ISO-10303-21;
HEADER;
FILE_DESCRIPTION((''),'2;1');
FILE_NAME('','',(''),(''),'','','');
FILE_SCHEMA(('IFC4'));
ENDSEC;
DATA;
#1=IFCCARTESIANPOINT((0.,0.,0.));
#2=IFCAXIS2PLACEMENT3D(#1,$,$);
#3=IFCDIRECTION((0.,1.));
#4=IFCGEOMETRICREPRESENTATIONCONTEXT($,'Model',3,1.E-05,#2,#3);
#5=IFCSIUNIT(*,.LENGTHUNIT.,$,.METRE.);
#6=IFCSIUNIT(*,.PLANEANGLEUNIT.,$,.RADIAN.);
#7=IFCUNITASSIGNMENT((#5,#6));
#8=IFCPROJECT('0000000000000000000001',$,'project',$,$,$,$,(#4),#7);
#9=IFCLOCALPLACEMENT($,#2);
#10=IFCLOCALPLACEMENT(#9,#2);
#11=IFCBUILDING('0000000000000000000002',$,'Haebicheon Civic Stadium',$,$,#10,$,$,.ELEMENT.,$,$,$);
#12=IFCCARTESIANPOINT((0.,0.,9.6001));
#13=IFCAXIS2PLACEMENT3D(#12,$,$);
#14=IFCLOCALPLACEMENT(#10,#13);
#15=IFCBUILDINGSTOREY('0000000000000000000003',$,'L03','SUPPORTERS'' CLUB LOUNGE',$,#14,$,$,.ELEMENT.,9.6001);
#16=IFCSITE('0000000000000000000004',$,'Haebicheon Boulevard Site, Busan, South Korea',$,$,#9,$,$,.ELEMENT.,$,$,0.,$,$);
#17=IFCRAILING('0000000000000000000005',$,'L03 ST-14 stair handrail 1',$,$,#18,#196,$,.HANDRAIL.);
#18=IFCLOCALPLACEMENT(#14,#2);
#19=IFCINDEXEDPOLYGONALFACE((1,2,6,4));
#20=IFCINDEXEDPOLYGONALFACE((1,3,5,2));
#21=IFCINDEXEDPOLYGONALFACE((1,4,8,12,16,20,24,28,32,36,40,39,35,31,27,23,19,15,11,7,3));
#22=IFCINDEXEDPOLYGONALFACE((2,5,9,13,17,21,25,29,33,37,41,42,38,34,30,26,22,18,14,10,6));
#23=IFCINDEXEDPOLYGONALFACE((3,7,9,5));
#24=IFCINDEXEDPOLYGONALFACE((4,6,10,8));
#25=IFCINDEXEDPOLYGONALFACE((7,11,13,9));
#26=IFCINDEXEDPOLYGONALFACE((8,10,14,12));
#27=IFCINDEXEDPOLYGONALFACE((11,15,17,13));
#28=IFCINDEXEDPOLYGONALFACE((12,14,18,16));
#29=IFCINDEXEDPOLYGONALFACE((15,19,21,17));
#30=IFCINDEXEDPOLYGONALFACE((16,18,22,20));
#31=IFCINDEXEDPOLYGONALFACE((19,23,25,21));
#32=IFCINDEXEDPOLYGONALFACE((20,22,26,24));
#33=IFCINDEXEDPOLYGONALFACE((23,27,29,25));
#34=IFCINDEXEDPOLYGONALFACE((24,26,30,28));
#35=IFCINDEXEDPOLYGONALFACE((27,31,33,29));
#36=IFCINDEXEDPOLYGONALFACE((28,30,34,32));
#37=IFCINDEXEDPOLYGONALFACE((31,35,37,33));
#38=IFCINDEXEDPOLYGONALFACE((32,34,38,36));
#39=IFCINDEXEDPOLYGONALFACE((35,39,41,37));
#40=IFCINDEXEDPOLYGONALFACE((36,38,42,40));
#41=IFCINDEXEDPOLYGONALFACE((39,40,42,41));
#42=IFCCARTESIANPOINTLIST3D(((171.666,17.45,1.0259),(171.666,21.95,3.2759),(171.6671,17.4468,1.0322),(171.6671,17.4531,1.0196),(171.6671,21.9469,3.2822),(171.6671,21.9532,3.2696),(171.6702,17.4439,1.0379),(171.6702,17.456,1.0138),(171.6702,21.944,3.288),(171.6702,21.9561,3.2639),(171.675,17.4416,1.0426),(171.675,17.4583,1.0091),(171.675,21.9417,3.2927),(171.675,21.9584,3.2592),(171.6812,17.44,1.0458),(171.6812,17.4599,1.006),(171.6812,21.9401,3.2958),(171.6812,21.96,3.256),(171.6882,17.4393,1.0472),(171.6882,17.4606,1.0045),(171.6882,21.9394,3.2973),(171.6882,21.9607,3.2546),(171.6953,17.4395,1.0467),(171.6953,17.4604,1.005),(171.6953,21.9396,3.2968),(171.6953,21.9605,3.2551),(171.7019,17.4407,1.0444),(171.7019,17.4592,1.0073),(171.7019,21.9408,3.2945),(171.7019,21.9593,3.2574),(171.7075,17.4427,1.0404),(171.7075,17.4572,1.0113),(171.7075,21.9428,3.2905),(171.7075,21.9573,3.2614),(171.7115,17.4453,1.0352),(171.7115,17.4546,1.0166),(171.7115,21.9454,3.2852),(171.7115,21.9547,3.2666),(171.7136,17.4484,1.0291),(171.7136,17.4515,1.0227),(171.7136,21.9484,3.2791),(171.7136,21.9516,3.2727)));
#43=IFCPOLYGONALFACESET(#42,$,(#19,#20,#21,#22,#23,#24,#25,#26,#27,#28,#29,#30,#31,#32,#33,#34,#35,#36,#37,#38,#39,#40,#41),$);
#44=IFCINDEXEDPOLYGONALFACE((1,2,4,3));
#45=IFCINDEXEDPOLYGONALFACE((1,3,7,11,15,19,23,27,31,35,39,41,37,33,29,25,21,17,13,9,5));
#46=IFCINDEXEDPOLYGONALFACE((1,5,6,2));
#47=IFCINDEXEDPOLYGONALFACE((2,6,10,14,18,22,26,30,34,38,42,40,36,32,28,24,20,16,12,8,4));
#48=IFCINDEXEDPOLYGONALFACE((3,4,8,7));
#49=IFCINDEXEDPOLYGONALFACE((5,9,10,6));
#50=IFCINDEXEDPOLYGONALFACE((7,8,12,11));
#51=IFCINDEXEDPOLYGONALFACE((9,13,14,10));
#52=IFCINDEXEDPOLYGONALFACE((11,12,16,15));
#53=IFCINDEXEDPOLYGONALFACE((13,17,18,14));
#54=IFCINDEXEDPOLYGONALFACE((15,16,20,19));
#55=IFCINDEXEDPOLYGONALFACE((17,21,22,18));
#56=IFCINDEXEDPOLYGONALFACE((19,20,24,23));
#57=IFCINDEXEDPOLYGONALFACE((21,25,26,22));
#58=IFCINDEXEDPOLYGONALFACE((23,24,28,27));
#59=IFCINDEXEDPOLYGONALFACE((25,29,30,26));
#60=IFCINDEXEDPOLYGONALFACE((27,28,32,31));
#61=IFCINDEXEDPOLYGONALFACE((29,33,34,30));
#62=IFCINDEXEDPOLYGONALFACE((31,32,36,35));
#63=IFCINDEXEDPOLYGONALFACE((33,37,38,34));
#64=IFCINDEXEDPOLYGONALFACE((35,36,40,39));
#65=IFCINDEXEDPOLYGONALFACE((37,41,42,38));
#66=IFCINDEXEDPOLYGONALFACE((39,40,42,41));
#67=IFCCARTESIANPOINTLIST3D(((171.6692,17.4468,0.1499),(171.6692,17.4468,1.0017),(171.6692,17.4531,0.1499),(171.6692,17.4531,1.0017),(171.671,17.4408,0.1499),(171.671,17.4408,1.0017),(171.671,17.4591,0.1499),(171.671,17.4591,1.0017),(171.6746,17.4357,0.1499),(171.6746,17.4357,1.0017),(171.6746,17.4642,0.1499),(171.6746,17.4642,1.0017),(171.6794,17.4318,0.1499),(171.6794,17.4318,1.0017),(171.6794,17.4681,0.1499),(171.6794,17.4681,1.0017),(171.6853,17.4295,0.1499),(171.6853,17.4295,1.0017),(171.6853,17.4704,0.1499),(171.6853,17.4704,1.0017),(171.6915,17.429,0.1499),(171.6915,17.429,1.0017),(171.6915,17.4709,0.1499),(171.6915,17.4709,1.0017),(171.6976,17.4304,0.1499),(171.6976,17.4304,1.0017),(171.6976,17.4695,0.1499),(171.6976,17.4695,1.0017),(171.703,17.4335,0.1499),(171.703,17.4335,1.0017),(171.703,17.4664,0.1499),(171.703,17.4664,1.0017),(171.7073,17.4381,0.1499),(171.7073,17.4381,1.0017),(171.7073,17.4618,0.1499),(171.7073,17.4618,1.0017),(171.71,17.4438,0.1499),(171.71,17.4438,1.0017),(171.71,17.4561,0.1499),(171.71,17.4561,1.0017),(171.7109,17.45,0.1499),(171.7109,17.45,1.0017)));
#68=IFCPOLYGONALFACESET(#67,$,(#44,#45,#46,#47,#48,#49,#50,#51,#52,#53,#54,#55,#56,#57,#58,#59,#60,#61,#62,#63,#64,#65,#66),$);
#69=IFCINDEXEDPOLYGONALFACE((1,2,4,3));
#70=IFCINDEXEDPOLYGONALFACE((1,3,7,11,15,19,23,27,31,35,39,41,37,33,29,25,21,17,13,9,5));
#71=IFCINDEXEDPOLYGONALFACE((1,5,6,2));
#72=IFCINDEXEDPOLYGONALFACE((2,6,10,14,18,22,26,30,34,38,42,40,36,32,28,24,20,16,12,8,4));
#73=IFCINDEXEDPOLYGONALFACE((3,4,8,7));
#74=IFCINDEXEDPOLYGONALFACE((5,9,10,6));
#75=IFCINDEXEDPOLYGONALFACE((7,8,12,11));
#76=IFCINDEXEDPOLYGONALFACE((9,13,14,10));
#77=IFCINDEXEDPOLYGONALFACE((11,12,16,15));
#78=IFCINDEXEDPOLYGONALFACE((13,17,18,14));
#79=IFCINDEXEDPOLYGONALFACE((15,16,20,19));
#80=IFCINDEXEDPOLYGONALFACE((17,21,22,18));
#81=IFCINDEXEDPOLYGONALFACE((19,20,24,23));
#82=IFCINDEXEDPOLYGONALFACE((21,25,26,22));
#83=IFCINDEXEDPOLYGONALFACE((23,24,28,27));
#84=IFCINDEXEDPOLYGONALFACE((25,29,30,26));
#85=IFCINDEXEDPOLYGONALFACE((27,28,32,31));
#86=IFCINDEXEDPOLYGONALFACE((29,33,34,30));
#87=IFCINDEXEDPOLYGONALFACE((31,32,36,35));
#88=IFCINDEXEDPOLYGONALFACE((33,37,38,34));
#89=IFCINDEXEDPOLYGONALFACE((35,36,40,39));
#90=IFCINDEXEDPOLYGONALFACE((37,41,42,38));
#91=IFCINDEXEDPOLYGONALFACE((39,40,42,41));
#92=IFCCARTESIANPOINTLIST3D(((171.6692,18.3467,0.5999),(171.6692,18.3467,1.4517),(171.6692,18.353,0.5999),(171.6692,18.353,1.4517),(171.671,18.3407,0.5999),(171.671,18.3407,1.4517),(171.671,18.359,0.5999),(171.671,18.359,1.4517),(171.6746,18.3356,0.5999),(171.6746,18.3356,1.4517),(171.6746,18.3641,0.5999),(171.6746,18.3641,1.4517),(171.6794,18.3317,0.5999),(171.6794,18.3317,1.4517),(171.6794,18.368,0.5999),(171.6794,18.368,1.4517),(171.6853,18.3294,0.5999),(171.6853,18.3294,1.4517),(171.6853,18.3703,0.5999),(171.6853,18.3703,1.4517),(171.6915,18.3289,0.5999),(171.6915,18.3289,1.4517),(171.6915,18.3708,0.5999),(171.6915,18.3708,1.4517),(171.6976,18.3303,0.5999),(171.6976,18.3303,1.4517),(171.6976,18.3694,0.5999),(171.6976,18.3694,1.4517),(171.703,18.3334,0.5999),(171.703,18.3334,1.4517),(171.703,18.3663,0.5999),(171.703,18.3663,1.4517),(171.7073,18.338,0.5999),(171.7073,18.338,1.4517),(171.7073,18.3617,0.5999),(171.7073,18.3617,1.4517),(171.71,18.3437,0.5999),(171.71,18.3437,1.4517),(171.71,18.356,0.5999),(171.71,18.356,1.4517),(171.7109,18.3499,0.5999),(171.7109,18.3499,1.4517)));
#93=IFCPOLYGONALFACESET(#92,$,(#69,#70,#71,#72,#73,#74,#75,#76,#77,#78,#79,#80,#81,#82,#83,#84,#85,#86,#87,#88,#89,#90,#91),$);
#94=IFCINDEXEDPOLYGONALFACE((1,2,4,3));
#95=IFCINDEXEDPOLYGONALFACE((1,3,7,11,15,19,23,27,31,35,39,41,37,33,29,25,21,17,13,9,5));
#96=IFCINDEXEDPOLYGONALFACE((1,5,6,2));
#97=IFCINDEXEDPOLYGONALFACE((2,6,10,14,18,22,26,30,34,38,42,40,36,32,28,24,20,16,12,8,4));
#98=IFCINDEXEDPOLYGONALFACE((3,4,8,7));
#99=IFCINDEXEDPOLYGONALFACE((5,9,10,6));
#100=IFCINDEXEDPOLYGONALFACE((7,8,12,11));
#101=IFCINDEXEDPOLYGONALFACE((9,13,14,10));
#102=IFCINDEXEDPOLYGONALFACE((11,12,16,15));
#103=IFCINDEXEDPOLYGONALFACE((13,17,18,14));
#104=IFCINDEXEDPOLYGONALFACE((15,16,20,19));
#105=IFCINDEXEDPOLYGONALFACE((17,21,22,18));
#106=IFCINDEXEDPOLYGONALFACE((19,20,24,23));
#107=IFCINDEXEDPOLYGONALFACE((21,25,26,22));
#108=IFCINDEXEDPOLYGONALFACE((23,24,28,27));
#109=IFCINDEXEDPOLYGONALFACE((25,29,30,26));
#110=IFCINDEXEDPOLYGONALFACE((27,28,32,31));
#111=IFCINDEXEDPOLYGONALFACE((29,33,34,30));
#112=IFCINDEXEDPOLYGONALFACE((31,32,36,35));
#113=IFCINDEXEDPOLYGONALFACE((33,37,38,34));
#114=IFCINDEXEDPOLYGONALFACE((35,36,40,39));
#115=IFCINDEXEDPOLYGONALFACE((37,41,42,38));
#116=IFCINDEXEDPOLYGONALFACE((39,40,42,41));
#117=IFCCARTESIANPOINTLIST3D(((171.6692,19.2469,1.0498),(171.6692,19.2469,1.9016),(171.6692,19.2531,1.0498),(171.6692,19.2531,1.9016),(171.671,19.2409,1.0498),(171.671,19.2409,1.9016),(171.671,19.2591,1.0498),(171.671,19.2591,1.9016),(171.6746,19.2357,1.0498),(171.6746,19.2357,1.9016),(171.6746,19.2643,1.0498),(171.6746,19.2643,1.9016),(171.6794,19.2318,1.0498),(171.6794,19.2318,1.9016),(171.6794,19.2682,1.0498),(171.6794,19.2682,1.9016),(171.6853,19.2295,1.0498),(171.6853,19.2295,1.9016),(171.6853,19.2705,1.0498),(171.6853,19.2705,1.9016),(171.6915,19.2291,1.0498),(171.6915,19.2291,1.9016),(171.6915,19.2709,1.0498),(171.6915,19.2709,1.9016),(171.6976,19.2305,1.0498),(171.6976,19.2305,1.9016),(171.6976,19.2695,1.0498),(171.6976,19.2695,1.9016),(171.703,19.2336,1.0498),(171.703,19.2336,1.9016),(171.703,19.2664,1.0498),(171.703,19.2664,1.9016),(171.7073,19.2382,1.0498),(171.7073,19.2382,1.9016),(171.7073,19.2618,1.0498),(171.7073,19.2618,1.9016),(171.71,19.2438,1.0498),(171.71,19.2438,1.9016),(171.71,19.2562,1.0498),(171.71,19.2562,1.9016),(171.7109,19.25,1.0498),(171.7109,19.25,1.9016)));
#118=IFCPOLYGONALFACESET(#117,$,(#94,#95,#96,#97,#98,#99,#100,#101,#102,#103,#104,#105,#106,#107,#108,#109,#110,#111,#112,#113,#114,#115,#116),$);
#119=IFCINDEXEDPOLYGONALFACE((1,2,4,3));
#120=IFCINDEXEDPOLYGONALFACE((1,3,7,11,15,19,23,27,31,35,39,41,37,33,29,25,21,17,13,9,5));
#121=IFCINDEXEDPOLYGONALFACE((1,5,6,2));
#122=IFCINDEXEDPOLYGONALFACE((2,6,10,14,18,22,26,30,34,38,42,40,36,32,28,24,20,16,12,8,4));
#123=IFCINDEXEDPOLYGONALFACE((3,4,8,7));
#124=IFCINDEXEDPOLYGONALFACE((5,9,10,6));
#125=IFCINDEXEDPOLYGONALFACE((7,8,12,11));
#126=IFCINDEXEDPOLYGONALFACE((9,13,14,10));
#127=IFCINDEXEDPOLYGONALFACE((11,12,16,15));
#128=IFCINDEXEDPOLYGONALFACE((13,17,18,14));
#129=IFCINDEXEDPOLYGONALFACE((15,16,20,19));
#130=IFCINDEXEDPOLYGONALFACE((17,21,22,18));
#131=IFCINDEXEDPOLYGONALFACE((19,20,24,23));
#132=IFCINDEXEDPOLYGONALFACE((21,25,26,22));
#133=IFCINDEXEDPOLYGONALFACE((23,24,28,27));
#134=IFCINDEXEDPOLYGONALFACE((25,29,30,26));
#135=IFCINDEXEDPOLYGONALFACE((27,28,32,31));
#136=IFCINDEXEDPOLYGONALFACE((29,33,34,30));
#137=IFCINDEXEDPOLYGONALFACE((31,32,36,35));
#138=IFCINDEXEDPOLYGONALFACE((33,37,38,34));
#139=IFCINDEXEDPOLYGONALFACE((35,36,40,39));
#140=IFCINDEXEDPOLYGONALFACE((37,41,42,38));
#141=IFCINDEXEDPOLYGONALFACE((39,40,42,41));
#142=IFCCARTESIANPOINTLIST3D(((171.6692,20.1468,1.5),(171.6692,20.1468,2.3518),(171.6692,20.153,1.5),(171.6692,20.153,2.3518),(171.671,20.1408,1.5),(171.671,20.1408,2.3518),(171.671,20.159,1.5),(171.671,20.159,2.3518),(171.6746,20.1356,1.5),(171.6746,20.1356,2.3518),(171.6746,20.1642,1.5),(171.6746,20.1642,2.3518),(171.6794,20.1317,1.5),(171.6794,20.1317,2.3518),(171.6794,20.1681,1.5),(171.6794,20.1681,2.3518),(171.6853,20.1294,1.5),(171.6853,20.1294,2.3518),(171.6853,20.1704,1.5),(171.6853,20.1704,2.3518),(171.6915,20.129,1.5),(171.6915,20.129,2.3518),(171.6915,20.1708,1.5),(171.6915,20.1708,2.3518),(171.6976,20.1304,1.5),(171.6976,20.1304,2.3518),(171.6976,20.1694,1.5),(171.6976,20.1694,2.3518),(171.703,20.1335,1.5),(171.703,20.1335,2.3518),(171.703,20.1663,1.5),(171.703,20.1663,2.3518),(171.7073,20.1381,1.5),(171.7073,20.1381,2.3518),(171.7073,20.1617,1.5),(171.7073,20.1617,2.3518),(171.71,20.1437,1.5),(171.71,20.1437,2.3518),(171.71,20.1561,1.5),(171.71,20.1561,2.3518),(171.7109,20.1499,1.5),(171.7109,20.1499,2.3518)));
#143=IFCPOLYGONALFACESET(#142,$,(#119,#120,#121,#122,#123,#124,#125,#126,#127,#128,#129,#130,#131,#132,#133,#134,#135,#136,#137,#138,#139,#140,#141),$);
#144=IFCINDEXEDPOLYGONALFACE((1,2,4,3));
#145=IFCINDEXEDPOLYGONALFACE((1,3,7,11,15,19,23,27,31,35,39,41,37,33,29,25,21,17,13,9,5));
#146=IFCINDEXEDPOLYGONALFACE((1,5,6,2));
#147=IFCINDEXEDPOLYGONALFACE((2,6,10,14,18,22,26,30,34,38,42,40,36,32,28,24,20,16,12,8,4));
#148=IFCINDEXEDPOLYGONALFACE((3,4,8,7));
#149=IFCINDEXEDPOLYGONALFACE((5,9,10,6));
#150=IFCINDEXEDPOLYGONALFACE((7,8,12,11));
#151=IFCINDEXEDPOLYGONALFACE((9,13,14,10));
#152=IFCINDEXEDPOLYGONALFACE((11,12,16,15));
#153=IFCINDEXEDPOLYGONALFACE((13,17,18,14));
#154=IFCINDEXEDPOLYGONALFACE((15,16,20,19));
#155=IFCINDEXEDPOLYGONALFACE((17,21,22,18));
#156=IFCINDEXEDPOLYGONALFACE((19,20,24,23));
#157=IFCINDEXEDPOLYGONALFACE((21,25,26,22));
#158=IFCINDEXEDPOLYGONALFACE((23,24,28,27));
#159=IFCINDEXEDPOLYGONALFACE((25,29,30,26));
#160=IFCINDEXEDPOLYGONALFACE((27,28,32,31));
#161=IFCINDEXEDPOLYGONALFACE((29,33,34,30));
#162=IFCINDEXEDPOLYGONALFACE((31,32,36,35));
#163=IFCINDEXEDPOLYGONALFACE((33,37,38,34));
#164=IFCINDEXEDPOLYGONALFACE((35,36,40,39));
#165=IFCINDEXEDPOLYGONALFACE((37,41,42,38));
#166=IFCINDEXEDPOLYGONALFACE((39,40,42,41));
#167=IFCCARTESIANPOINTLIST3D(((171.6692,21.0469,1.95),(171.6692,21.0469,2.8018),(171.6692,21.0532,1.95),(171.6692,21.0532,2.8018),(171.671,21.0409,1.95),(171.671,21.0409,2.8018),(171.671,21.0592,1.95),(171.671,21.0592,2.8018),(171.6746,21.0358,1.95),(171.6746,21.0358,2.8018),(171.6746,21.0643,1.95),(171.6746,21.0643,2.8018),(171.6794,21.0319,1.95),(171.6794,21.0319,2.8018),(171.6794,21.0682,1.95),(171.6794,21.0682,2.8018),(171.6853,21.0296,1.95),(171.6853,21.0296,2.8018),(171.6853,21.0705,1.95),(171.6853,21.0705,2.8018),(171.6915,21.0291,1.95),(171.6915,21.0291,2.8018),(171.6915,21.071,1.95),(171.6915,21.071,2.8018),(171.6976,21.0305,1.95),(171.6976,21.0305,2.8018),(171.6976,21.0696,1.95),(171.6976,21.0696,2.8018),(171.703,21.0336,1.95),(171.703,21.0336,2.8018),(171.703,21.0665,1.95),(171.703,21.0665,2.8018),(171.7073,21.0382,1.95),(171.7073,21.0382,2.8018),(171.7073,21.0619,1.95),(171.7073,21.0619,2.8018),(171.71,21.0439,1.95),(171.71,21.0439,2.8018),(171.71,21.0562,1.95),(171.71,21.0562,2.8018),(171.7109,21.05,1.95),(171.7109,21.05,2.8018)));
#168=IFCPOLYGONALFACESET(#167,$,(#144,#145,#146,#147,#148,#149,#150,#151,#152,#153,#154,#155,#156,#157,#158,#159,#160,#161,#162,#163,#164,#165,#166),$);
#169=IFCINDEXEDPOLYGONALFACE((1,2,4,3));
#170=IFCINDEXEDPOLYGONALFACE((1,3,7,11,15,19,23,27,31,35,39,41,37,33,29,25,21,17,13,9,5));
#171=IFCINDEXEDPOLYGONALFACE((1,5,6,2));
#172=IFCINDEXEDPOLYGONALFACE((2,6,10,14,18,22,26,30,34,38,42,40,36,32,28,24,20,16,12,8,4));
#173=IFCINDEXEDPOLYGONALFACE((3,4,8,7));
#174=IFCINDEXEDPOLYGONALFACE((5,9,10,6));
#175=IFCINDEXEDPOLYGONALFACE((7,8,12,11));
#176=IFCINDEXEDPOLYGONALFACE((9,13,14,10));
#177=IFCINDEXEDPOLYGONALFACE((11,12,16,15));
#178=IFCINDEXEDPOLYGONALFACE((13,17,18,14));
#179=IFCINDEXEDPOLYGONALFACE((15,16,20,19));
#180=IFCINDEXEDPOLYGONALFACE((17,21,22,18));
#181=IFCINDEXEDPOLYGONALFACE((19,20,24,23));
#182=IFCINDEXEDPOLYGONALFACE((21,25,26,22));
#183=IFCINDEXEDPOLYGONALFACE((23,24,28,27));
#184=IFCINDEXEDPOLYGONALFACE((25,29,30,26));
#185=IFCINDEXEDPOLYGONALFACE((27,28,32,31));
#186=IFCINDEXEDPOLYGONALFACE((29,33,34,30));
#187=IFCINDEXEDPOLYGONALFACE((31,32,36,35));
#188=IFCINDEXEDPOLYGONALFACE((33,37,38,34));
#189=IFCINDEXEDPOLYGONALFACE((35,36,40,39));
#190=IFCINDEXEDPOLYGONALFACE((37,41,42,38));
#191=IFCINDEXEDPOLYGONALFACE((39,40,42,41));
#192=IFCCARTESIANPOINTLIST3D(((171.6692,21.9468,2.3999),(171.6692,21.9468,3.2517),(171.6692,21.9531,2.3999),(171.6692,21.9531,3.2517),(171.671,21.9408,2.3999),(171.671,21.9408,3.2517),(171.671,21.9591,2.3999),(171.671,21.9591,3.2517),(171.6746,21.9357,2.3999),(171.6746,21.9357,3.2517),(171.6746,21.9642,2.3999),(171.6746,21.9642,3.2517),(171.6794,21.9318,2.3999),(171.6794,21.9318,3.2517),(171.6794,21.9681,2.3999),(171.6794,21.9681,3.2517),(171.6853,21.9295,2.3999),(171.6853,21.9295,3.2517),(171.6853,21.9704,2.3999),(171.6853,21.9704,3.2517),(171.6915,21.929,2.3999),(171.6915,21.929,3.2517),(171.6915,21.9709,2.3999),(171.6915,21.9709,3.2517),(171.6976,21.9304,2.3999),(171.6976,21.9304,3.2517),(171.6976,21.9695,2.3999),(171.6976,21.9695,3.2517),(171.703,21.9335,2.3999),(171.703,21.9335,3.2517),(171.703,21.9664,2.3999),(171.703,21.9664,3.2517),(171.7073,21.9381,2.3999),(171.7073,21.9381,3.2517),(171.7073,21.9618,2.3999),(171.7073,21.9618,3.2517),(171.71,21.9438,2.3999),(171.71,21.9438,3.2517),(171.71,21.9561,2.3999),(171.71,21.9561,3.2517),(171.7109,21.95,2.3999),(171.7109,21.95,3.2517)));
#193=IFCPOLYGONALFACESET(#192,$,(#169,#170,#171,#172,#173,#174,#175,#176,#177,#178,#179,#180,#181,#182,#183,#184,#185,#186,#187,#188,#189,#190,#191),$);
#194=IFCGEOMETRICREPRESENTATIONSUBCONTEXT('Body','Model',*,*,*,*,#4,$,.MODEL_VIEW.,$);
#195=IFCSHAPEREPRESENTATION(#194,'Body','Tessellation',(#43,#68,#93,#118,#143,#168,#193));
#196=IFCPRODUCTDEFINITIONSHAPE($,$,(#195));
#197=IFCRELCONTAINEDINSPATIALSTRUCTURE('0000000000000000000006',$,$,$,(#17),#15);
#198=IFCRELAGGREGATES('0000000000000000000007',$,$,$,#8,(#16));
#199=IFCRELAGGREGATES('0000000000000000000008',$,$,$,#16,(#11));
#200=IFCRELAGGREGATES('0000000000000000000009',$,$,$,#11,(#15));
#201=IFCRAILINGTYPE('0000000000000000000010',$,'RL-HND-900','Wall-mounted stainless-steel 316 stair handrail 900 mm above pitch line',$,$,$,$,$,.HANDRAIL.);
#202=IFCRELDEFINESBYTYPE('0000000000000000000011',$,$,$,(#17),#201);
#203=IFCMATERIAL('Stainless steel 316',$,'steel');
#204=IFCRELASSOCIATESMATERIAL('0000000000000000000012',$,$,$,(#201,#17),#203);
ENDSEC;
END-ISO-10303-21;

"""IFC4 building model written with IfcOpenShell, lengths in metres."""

from ifc_helpers import new_model, si_unit, direction, frame, origin, origin_2d, place, context, subcontext, project, spatial, circle, extrude, material, type_object, element, save


model = new_model("IFC4")

# Units and contexts
model_context = context("Model", 3, precision=1e-05, world=origin(), true_north=direction((0.0, 1.0)))
body_context = subcontext(model_context, "Body", "Model", "MODEL_VIEW")
ifc_project = project(units=[si_unit("LENGTHUNIT", "METRE"), si_unit("PLANEANGLEUNIT", "RADIAN")], contexts=[model_context])

# Site, building, storey
site_placement = place(None, origin())
site = spatial("IfcSite", under=ifc_project, at=site_placement, Name="Haebicheon Boulevard Site, Busan, South Korea", CompositionType="ELEMENT", RefElevation=0.0)
building_placement = place(site_placement, origin())
building = spatial("IfcBuilding", under=site, at=building_placement, Name="Haebicheon Civic Stadium", CompositionType="ELEMENT")
storey_placement = place(building_placement, frame((0.0, 0.0, 9.6001)))
storey = spatial("IfcBuildingStorey", under=building, at=storey_placement, Name="L03", Description="SUPPORTERS' CLUB LOUNGE", CompositionType="ELEMENT", Elevation=9.6001)

# Railing
ifc_material_1 = material(Name="Stainless steel 316", Category="steel")
railing_type_1 = type_object("IfcRailingType", Name="RL-HND-900", Description="Wall-mounted stainless-steel 316 stair handrail 900 mm above pitch line", PredefinedType="HANDRAIL", material=ifc_material_1)
railing_1_placement = place(storey_placement, frame((171.6899, 17.45, 0.1499)))
element("IfcRailing", 1, at=railing_1_placement, inside=storey, type_object=railing_type_1, material=ifc_material_1, Name="L03 ST-14 stair handrail 1", PredefinedType="HANDRAIL", context=body_context, shape_type="SweptSolid", body=[
    extrude(circle(Radius=0.0239, at=origin_2d()), frame((0.0, 0.0, 0.876), z_axis=(0.0, 0.894427, 0.447214), x_axis=(-1.0, 0.0, 0.0)), (0.0, 0.0, 1.0), 5.0312),
    extrude(circle(Radius=0.021, at=origin_2d()), origin(), (0.0, 0.0, 1.0), 0.8518),
    extrude(circle(Radius=0.021, at=origin_2d()), frame((0.0, 0.8999, 0.45)), (0.0, 0.0, 1.0), 0.8518),
    extrude(circle(Radius=0.021, at=origin_2d()), frame((0.0, 1.8, 0.8999)), (0.0, 0.0, 1.0), 0.8518),
    extrude(circle(Radius=0.021, at=origin_2d()), frame((0.0, 2.7, 1.3501)), (0.0, 0.0, 1.0), 0.8518),
    extrude(circle(Radius=0.021, at=origin_2d()), frame((0.0, 3.6001, 1.8)), (0.0, 0.0, 1.0), 0.8518),
    extrude(circle(Radius=0.021, at=origin_2d()), frame((0.0, 4.5, 2.25)), (0.0, 0.0, 1.0), 0.8518),
])

save(model, "model.ifc")
